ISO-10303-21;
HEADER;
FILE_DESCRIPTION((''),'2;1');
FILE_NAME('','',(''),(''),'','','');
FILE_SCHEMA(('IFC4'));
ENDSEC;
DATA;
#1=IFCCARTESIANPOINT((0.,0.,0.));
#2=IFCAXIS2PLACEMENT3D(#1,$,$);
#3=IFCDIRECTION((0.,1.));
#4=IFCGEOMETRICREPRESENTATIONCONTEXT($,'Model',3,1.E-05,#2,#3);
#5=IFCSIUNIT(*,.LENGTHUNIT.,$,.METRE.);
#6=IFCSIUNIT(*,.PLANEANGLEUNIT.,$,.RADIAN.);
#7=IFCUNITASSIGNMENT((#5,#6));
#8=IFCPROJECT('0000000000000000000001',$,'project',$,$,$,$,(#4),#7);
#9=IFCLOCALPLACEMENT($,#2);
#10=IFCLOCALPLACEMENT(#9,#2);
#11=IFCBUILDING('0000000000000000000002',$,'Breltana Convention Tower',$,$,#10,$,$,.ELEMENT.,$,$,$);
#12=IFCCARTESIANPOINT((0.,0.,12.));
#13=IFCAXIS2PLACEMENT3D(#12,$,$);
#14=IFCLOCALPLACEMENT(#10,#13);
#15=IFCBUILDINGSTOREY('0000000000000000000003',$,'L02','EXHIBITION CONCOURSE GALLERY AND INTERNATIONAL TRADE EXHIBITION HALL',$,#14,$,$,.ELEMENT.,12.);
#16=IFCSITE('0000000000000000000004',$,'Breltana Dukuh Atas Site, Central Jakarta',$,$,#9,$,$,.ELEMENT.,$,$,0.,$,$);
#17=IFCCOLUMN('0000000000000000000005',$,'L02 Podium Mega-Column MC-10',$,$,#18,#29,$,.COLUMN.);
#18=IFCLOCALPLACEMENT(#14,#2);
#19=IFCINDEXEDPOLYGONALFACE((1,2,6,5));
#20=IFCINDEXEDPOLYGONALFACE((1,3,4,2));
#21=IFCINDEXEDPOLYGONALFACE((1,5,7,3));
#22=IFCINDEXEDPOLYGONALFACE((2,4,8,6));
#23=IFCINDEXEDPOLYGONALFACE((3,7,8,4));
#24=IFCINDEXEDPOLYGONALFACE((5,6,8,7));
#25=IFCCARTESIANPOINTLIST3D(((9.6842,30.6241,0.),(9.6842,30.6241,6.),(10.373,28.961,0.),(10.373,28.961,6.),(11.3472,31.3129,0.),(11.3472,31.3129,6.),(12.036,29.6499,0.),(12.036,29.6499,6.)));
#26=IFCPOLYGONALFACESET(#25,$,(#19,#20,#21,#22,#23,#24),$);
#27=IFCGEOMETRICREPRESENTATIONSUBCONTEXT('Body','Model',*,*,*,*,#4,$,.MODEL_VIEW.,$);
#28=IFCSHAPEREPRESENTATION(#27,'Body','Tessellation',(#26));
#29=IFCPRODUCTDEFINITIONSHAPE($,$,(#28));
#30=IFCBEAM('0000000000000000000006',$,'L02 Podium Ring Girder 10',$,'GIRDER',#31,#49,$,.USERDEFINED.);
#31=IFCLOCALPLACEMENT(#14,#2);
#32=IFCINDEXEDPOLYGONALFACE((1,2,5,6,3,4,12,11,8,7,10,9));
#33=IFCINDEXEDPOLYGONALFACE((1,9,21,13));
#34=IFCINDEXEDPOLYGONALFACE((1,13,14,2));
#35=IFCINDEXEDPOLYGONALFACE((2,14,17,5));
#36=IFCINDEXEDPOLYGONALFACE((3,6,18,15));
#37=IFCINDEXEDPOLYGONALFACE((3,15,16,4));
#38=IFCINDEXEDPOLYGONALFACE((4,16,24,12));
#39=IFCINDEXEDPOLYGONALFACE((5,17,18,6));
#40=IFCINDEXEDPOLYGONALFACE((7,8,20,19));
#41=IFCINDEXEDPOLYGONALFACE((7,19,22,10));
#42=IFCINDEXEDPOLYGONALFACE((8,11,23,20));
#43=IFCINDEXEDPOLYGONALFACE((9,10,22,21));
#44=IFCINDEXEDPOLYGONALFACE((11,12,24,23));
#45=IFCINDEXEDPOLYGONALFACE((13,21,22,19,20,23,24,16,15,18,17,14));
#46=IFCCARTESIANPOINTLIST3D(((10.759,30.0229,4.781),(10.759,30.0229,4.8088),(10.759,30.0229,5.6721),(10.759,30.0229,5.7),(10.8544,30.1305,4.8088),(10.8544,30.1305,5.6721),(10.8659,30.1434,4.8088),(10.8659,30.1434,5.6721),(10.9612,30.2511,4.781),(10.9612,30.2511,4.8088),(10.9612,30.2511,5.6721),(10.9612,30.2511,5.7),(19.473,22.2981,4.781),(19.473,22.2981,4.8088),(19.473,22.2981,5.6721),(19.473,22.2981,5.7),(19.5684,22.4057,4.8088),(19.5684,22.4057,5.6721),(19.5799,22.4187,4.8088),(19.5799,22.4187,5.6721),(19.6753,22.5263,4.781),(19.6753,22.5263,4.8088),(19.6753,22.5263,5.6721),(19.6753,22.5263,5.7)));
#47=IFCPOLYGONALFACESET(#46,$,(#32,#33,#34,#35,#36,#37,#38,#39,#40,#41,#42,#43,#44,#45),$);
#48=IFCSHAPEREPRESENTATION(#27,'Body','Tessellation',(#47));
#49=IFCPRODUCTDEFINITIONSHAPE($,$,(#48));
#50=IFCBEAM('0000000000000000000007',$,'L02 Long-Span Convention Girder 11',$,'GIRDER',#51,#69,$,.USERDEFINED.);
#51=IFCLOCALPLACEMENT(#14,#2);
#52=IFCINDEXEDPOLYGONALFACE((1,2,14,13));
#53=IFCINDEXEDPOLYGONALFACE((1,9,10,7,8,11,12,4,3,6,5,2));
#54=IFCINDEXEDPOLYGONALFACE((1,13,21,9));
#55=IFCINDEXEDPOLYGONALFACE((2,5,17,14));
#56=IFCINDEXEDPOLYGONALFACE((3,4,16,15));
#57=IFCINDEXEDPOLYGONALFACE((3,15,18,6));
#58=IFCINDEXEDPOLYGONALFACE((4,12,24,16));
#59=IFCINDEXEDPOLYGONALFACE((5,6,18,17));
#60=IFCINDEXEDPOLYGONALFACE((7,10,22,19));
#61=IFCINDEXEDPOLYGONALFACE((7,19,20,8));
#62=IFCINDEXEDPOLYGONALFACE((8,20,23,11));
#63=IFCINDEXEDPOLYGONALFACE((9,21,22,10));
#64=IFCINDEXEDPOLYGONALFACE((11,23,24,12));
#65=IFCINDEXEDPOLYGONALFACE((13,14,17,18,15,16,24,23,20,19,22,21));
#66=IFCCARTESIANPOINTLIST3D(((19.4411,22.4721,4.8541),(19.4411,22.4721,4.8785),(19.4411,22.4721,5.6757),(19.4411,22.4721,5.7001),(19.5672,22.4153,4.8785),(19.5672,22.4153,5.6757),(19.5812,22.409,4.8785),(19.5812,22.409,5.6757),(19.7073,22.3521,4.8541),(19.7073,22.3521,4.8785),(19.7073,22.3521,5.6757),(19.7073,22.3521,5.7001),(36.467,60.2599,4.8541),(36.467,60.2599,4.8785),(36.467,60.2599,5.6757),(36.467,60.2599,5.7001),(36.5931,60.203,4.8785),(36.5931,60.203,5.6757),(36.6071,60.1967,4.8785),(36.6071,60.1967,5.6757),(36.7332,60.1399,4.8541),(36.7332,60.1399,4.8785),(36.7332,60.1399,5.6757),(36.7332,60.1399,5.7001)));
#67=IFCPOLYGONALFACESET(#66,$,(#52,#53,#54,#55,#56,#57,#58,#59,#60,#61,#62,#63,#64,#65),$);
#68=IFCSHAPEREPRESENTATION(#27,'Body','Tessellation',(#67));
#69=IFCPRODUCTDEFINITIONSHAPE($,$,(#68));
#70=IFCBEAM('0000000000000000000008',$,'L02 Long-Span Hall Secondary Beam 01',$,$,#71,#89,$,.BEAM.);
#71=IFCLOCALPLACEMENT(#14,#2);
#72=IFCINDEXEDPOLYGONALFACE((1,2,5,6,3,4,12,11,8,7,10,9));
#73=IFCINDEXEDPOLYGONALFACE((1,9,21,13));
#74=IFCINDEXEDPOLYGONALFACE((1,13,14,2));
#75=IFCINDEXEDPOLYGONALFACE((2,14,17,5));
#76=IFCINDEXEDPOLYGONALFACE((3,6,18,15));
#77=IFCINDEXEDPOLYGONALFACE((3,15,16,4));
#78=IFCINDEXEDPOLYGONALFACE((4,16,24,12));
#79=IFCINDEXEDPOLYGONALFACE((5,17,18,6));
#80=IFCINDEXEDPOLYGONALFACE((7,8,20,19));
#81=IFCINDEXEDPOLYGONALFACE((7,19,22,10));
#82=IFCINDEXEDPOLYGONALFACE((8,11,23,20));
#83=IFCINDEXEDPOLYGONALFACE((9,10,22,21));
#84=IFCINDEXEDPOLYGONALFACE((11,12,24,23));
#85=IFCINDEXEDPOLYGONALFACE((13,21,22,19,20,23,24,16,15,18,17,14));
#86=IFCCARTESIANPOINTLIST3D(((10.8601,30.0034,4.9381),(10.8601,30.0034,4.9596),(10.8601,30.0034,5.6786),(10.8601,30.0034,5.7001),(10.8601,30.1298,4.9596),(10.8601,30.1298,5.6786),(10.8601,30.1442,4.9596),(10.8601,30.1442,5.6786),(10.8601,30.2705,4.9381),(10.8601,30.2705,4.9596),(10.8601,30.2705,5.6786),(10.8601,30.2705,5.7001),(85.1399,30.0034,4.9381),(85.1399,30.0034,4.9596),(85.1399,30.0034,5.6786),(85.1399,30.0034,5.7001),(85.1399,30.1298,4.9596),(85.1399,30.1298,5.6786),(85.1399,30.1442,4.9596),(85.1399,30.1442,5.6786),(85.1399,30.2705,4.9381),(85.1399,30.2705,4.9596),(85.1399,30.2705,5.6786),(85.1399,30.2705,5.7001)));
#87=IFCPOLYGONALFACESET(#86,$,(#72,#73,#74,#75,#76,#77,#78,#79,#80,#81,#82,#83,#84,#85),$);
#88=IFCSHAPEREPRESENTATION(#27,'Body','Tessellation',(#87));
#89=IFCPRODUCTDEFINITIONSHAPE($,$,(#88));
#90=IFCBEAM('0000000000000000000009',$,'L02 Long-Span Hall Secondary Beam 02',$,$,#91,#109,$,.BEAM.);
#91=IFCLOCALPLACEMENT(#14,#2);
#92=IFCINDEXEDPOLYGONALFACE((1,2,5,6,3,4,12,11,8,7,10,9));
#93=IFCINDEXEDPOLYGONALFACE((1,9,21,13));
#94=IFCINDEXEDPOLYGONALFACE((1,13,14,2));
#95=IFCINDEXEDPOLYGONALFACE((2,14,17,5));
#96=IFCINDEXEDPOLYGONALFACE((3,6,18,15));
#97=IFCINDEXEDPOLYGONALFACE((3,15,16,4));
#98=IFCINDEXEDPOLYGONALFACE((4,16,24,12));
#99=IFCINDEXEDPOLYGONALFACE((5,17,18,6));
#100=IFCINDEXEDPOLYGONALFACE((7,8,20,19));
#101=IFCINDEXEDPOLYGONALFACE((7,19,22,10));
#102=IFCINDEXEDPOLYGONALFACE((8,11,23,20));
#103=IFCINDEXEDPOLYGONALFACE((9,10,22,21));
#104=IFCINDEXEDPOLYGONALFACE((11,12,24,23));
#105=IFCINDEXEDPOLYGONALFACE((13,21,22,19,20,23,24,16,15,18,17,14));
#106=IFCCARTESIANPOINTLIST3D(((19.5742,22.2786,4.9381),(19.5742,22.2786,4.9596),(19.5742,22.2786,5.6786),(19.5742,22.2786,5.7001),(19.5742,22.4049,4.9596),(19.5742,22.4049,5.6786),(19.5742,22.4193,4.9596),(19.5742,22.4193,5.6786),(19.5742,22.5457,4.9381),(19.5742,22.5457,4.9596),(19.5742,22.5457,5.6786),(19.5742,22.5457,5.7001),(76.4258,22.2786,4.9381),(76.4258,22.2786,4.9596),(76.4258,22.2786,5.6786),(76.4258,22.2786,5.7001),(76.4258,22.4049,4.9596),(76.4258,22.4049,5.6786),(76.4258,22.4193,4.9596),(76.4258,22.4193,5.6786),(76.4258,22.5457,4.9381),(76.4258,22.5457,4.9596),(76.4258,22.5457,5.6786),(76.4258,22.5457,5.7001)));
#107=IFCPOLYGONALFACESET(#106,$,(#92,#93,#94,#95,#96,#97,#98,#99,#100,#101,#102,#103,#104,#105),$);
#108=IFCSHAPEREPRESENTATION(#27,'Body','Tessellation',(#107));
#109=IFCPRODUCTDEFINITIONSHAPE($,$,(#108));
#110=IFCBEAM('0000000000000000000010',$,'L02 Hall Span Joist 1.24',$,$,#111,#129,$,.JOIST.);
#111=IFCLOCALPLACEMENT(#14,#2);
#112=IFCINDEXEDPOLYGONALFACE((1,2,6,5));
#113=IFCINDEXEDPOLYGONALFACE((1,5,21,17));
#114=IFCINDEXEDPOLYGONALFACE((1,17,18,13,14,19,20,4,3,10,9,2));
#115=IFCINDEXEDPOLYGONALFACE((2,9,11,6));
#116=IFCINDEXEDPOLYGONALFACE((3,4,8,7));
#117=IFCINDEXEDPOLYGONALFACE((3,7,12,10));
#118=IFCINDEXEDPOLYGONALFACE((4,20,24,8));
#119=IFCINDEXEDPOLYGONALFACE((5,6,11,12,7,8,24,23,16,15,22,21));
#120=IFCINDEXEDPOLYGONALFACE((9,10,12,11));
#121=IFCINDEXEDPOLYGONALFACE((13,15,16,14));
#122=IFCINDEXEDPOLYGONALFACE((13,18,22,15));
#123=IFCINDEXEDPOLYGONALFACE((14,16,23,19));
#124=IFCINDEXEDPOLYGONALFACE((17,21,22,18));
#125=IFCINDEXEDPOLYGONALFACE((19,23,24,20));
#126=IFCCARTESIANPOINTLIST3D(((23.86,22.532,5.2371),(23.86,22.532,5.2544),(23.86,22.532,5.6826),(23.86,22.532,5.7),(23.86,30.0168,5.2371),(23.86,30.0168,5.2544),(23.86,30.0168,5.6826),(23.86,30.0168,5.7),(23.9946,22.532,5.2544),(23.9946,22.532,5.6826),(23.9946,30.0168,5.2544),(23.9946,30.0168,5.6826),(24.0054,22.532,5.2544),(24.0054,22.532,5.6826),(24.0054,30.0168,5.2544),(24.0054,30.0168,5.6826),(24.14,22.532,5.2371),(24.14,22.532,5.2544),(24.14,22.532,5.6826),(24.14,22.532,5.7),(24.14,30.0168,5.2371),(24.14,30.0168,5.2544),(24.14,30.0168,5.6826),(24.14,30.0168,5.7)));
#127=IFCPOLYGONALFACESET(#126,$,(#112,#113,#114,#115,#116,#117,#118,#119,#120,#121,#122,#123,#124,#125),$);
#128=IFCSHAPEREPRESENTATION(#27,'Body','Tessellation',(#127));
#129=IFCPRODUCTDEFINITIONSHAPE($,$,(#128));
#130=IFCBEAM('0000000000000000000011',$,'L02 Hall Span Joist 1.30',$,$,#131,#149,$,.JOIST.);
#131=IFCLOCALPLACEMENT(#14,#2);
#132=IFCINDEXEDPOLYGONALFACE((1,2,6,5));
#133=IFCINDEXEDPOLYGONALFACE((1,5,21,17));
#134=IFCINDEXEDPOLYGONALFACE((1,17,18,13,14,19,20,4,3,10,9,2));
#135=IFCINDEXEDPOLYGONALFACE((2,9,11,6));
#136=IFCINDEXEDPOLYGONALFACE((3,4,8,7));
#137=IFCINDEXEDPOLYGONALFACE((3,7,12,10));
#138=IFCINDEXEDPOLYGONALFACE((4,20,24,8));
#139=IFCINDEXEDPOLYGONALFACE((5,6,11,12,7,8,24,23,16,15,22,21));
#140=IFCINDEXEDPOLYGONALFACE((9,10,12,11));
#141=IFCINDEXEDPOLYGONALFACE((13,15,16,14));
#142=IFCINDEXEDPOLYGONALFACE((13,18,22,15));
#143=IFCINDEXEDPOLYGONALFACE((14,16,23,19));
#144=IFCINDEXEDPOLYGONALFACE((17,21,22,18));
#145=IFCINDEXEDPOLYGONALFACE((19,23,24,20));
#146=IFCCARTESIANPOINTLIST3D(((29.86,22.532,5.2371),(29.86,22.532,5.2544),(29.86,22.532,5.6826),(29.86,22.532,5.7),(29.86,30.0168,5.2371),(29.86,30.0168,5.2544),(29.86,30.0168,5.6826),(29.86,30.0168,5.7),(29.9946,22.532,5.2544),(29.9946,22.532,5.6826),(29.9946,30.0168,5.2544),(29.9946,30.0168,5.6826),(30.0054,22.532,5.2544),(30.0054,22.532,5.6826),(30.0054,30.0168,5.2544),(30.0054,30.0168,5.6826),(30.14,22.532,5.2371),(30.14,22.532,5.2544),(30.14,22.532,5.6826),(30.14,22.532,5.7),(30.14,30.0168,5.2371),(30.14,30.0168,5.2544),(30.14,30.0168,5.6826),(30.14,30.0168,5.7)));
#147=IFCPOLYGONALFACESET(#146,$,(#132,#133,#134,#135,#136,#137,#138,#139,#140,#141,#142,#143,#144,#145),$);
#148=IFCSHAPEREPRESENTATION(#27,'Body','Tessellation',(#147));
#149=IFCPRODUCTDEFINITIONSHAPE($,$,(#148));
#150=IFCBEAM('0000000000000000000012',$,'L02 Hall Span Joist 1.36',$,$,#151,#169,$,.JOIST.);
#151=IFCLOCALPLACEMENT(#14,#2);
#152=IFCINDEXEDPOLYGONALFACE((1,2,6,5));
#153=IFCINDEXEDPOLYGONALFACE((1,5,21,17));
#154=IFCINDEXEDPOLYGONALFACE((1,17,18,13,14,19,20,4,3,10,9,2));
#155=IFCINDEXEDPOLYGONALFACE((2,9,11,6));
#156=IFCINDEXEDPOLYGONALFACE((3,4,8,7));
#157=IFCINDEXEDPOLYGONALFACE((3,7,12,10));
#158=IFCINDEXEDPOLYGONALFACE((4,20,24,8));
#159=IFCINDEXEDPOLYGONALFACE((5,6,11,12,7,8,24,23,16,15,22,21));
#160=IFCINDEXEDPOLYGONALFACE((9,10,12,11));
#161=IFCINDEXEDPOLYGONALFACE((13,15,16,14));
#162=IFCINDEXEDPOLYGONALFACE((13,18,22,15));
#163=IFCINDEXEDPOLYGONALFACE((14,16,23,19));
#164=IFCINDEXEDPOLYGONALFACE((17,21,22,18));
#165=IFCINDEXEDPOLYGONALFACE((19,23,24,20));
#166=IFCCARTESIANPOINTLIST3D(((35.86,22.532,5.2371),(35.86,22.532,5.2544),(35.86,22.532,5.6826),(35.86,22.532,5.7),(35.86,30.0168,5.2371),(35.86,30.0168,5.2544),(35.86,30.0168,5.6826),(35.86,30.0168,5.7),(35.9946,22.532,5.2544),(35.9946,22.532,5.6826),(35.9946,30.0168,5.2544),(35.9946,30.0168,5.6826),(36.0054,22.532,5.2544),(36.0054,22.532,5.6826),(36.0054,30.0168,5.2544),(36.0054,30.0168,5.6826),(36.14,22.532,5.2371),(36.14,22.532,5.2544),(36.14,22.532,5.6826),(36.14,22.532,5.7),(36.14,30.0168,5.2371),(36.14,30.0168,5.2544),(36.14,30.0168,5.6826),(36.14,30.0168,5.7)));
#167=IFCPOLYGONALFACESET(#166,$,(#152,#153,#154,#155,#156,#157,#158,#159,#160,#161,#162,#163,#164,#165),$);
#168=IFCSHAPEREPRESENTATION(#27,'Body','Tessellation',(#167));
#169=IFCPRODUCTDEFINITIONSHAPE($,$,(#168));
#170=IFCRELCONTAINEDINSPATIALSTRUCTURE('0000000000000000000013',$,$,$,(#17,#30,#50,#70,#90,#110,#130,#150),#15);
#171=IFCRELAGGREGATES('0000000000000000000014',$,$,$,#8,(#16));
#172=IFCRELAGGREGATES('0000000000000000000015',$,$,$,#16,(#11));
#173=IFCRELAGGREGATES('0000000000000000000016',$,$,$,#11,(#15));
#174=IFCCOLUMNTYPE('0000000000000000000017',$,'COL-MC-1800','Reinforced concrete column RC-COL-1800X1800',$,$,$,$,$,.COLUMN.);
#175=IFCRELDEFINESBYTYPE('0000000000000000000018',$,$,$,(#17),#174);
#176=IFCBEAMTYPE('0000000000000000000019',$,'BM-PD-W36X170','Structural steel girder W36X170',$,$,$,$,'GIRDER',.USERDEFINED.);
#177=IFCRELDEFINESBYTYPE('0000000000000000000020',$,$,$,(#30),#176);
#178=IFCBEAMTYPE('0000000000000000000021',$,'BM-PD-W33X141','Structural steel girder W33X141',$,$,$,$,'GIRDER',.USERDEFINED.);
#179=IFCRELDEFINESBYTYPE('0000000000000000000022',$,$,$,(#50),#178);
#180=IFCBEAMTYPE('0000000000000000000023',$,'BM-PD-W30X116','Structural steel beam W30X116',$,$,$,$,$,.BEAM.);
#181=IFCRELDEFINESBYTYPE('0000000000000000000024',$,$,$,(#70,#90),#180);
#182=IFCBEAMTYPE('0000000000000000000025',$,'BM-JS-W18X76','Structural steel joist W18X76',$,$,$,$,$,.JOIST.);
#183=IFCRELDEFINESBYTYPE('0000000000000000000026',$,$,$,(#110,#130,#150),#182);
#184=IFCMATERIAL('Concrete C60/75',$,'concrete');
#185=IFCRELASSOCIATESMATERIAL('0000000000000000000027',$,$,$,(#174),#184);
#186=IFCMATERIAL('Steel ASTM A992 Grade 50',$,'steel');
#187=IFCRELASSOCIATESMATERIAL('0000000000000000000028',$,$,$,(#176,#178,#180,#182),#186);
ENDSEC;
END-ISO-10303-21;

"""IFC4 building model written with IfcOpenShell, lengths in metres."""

from ifc_helpers import new_model, si_unit, direction, frame, origin, origin_2d, place, context, subcontext, project, spatial, rectangle, i_section, extrude, source, transform, mapped, material, material_profile, profile_set, type_object, type_shapes, element, save


model = new_model("IFC4")

# Units and contexts
model_context = context("Model", 3, precision=1e-05, world=origin(), true_north=direction((0.0, 1.0)))
body_context = subcontext(model_context, "Body", "Model", "MODEL_VIEW")
ifc_project = project(units=[si_unit("LENGTHUNIT", "METRE"), si_unit("PLANEANGLEUNIT", "RADIAN")], contexts=[model_context])

# Site, building, storey
site_placement = place(None, origin())
site = spatial("IfcSite", under=ifc_project, at=site_placement, Name="Breltana Dukuh Atas Site, Central Jakarta", CompositionType="ELEMENT", RefElevation=0.0)
building_placement = place(site_placement, origin())
building = spatial("IfcBuilding", under=site, at=building_placement, Name="Breltana Convention Tower", CompositionType="ELEMENT")
storey_placement = place(building_placement, frame((0.0, 0.0, 12.0)))
storey = spatial("IfcBuildingStorey", under=building, at=storey_placement, Name="L02", Description="EXHIBITION CONCOURSE GALLERY AND INTERNATIONAL TRADE EXHIBITION HALL", CompositionType="ELEMENT", Elevation=12.0)

# Column
ifc_material_1 = material(Name="Concrete C60/75", Category="concrete")
ifc_material_profile_1 = material_profile(ifc_material_1, rectangle(XDim=1.8, YDim=1.8, at=origin_2d()), Name="RC-COL-1800X1800")
ifc_profile_set_1 = profile_set([ifc_material_profile_1], Name="Concrete C60/75")
column_type = type_object("IfcColumnType", Name="COL-MC-1800", Description="Reinforced concrete column RC-COL-1800X1800", PredefinedType="COLUMN", material=ifc_profile_set_1)
shared_shape_1 = source(origin(), body_context, "Body", "SweptSolid", [
    extrude(rectangle(XDim=1.8, YDim=1.8, at=origin_2d()), origin(), (0.0, 0.0, 1.0), 6.0),
])
type_shapes(column_type, [shared_shape_1])
column_placement = place(storey_placement, frame((10.8601, 30.137, 0.0), z_axis=(0.0, 0.0, 1.0), x_axis=(-0.92388, -0.382683, 0.0)))
element("IfcColumn", 1, at=column_placement, inside=storey, type_object=column_type, Name="L02 Podium Mega-Column MC-10", PredefinedType="COLUMN", context=body_context, shape_type="MappedRepresentation", body=[
    mapped(shared_shape_1, transform((0.0, 0.0, 0.0), scale=1.0)),
])

# Beams
ifc_material_2 = material(Name="Steel ASTM A992 Grade 50", Category="steel")
ifc_material_profile_2 = material_profile(ifc_material_2, i_section(OverallWidth=0.3049, OverallDepth=0.9189, WebThickness=0.0173, FlangeThickness=0.0278, at=origin_2d()), Name="W36X170")
ifc_profile_set_2 = profile_set([ifc_material_profile_2], Name="Steel ASTM A992 Grade 50")
beam_type_1 = type_object("IfcBeamType", Name="BM-PD-W36X170", Description="Structural steel girder W36X170", ElementType="GIRDER", PredefinedType="USERDEFINED", material=ifc_profile_set_2)
shared_shape_2 = source(origin(), body_context, "Body", "SweptSolid", [
    extrude(i_section(OverallWidth=0.3049, OverallDepth=0.9189, WebThickness=0.0173, FlangeThickness=0.0278, at=origin_2d()), origin(), (0.0, 0.0, 1.0), 11.645),
])
beam_1_placement = place(storey_placement, frame((10.8601, 30.137, 5.2405), z_axis=(0.748305, -0.663355, 0.0), x_axis=(0.663355, 0.748305, 0.0)))
element("IfcBeam", 2, at=beam_1_placement, inside=storey, type_object=beam_type_1, Name="L02 Podium Ring Girder 10", ObjectType="GIRDER", PredefinedType="USERDEFINED", context=body_context, shape_type="MappedRepresentation", body=[
    mapped(shared_shape_2, transform((0.0, 0.0, 0.0), scale=1.0)),
])
ifc_material_profile_3 = material_profile(ifc_material_2, i_section(OverallWidth=0.292, OverallDepth=0.8459, WebThickness=0.0154, FlangeThickness=0.0244, at=origin_2d()), Name="W33X141")
ifc_profile_set_3 = profile_set([ifc_material_profile_3], Name="Steel ASTM A992 Grade 50")
beam_type_2 = type_object("IfcBeamType", Name="BM-PD-W33X141", Description="Structural steel girder W33X141", ElementType="GIRDER", PredefinedType="USERDEFINED", material=ifc_profile_set_3)
shared_shape_3 = source(origin(), body_context, "Body", "SweptSolid", [
    extrude(i_section(OverallWidth=0.292, OverallDepth=0.8459, WebThickness=0.0154, FlangeThickness=0.0244, at=origin_2d()), origin(), (0.0, 0.0, 1.0), 41.4463),
])
beam_2_placement = place(storey_placement, frame((19.5742, 22.4121, 5.2771), z_axis=(0.410793, 0.911729, 0.0), x_axis=(-0.911729, 0.410793, 0.0)))
element("IfcBeam", 3, at=beam_2_placement, inside=storey, type_object=beam_type_2, Name="L02 Long-Span Convention Girder 11", ObjectType="GIRDER", PredefinedType="USERDEFINED", context=body_context, shape_type="MappedRepresentation", body=[
    mapped(shared_shape_3, transform((0.0, 0.0, 0.0), scale=1.0)),
])
ifc_material_profile_4 = material_profile(ifc_material_2, i_section(OverallWidth=0.2671, OverallDepth=0.762, WebThickness=0.0144, FlangeThickness=0.0215, at=origin_2d()), Name="W30X116")
ifc_profile_set_4 = profile_set([ifc_material_profile_4], Name="Steel ASTM A992 Grade 50")
beam_type_3 = type_object("IfcBeamType", Name="BM-PD-W30X116", Description="Structural steel beam W30X116", PredefinedType="BEAM", material=ifc_profile_set_4)
shared_shape_4 = source(origin(), body_context, "Body", "SweptSolid", [
    extrude(i_section(OverallWidth=0.2671, OverallDepth=0.762, WebThickness=0.0144, FlangeThickness=0.0215, at=origin_2d()), origin(), (0.0, 0.0, 1.0), 74.2798),
])
type_shapes(beam_type_3, [shared_shape_4])
beam_3_placement = place(storey_placement, frame((10.8601, 30.137, 5.3191), z_axis=(1.0, 0.0, 0.0), x_axis=(0.0, 1.0, 0.0)))
element("IfcBeam", 4, at=beam_3_placement, inside=storey, type_object=beam_type_3, Name="L02 Long-Span Hall Secondary Beam 01", PredefinedType="BEAM", context=body_context, shape_type="MappedRepresentation", body=[
    mapped(shared_shape_4, transform((0.0, 0.0, 0.0), scale=1.0)),
])
shared_shape_5 = source(origin(), body_context, "Body", "SweptSolid", [
    extrude(i_section(OverallWidth=0.2671, OverallDepth=0.762, WebThickness=0.0144, FlangeThickness=0.0215, at=origin_2d()), origin(), (0.0, 0.0, 1.0), 56.8516),
])
beam_4_placement = place(storey_placement, frame((19.5742, 22.4121, 5.3191), z_axis=(1.0, 0.0, 0.0), x_axis=(0.0, 1.0, 0.0)))
element("IfcBeam", 5, at=beam_4_placement, inside=storey, type_object=beam_type_3, Name="L02 Long-Span Hall Secondary Beam 02", PredefinedType="BEAM", context=body_context, shape_type="MappedRepresentation", body=[
    mapped(shared_shape_5, transform((0.0, 0.0, 0.0), scale=1.0)),
])
ifc_material_profile_5 = material_profile(ifc_material_2, i_section(OverallWidth=0.28, OverallDepth=0.4629, WebThickness=0.0107, FlangeThickness=0.0173, at=origin_2d()), Name="W18X76")
ifc_profile_set_5 = profile_set([ifc_material_profile_5], Name="Steel ASTM A992 Grade 50")
beam_type_4 = type_object("IfcBeamType", Name="BM-JS-W18X76", Description="Structural steel joist W18X76", PredefinedType="JOIST", material=ifc_profile_set_5)
shared_shape_6 = source(origin(), body_context, "Body", "SweptSolid", [
    extrude(i_section(OverallWidth=0.28, OverallDepth=0.4629, WebThickness=0.0107, FlangeThickness=0.0173, at=origin_2d()), origin(), (0.0, 0.0, 1.0), 7.4849),
])
type_shapes(beam_type_4, [shared_shape_6])
for number, where, z_axis, x_axis, name in (
    (6, (24.0, 22.532, 5.4685), (0.0, 1.0, 0.0), (-1.0, 0.0, 0.0), "L02 Hall Span Joist 1.24"),
    (7, (30.0, 22.532, 5.4685), (0.0, 1.0, 0.0), (-1.0, 0.0, 0.0), "L02 Hall Span Joist 1.30"),
    (8, (36.0, 22.532, 5.4685), (0.0, 1.0, 0.0), (-1.0, 0.0, 0.0), "L02 Hall Span Joist 1.36"),
):
    element("IfcBeam", number, at=place(storey_placement, frame(where, z_axis=z_axis, x_axis=x_axis)), inside=storey, type_object=beam_type_4, Name=name, PredefinedType="JOIST", context=body_context, shape_type="MappedRepresentation", body=[
        mapped(shared_shape_6, transform((0.0, 0.0, 0.0), scale=1.0)),
    ])

save(model, "model.ifc")
